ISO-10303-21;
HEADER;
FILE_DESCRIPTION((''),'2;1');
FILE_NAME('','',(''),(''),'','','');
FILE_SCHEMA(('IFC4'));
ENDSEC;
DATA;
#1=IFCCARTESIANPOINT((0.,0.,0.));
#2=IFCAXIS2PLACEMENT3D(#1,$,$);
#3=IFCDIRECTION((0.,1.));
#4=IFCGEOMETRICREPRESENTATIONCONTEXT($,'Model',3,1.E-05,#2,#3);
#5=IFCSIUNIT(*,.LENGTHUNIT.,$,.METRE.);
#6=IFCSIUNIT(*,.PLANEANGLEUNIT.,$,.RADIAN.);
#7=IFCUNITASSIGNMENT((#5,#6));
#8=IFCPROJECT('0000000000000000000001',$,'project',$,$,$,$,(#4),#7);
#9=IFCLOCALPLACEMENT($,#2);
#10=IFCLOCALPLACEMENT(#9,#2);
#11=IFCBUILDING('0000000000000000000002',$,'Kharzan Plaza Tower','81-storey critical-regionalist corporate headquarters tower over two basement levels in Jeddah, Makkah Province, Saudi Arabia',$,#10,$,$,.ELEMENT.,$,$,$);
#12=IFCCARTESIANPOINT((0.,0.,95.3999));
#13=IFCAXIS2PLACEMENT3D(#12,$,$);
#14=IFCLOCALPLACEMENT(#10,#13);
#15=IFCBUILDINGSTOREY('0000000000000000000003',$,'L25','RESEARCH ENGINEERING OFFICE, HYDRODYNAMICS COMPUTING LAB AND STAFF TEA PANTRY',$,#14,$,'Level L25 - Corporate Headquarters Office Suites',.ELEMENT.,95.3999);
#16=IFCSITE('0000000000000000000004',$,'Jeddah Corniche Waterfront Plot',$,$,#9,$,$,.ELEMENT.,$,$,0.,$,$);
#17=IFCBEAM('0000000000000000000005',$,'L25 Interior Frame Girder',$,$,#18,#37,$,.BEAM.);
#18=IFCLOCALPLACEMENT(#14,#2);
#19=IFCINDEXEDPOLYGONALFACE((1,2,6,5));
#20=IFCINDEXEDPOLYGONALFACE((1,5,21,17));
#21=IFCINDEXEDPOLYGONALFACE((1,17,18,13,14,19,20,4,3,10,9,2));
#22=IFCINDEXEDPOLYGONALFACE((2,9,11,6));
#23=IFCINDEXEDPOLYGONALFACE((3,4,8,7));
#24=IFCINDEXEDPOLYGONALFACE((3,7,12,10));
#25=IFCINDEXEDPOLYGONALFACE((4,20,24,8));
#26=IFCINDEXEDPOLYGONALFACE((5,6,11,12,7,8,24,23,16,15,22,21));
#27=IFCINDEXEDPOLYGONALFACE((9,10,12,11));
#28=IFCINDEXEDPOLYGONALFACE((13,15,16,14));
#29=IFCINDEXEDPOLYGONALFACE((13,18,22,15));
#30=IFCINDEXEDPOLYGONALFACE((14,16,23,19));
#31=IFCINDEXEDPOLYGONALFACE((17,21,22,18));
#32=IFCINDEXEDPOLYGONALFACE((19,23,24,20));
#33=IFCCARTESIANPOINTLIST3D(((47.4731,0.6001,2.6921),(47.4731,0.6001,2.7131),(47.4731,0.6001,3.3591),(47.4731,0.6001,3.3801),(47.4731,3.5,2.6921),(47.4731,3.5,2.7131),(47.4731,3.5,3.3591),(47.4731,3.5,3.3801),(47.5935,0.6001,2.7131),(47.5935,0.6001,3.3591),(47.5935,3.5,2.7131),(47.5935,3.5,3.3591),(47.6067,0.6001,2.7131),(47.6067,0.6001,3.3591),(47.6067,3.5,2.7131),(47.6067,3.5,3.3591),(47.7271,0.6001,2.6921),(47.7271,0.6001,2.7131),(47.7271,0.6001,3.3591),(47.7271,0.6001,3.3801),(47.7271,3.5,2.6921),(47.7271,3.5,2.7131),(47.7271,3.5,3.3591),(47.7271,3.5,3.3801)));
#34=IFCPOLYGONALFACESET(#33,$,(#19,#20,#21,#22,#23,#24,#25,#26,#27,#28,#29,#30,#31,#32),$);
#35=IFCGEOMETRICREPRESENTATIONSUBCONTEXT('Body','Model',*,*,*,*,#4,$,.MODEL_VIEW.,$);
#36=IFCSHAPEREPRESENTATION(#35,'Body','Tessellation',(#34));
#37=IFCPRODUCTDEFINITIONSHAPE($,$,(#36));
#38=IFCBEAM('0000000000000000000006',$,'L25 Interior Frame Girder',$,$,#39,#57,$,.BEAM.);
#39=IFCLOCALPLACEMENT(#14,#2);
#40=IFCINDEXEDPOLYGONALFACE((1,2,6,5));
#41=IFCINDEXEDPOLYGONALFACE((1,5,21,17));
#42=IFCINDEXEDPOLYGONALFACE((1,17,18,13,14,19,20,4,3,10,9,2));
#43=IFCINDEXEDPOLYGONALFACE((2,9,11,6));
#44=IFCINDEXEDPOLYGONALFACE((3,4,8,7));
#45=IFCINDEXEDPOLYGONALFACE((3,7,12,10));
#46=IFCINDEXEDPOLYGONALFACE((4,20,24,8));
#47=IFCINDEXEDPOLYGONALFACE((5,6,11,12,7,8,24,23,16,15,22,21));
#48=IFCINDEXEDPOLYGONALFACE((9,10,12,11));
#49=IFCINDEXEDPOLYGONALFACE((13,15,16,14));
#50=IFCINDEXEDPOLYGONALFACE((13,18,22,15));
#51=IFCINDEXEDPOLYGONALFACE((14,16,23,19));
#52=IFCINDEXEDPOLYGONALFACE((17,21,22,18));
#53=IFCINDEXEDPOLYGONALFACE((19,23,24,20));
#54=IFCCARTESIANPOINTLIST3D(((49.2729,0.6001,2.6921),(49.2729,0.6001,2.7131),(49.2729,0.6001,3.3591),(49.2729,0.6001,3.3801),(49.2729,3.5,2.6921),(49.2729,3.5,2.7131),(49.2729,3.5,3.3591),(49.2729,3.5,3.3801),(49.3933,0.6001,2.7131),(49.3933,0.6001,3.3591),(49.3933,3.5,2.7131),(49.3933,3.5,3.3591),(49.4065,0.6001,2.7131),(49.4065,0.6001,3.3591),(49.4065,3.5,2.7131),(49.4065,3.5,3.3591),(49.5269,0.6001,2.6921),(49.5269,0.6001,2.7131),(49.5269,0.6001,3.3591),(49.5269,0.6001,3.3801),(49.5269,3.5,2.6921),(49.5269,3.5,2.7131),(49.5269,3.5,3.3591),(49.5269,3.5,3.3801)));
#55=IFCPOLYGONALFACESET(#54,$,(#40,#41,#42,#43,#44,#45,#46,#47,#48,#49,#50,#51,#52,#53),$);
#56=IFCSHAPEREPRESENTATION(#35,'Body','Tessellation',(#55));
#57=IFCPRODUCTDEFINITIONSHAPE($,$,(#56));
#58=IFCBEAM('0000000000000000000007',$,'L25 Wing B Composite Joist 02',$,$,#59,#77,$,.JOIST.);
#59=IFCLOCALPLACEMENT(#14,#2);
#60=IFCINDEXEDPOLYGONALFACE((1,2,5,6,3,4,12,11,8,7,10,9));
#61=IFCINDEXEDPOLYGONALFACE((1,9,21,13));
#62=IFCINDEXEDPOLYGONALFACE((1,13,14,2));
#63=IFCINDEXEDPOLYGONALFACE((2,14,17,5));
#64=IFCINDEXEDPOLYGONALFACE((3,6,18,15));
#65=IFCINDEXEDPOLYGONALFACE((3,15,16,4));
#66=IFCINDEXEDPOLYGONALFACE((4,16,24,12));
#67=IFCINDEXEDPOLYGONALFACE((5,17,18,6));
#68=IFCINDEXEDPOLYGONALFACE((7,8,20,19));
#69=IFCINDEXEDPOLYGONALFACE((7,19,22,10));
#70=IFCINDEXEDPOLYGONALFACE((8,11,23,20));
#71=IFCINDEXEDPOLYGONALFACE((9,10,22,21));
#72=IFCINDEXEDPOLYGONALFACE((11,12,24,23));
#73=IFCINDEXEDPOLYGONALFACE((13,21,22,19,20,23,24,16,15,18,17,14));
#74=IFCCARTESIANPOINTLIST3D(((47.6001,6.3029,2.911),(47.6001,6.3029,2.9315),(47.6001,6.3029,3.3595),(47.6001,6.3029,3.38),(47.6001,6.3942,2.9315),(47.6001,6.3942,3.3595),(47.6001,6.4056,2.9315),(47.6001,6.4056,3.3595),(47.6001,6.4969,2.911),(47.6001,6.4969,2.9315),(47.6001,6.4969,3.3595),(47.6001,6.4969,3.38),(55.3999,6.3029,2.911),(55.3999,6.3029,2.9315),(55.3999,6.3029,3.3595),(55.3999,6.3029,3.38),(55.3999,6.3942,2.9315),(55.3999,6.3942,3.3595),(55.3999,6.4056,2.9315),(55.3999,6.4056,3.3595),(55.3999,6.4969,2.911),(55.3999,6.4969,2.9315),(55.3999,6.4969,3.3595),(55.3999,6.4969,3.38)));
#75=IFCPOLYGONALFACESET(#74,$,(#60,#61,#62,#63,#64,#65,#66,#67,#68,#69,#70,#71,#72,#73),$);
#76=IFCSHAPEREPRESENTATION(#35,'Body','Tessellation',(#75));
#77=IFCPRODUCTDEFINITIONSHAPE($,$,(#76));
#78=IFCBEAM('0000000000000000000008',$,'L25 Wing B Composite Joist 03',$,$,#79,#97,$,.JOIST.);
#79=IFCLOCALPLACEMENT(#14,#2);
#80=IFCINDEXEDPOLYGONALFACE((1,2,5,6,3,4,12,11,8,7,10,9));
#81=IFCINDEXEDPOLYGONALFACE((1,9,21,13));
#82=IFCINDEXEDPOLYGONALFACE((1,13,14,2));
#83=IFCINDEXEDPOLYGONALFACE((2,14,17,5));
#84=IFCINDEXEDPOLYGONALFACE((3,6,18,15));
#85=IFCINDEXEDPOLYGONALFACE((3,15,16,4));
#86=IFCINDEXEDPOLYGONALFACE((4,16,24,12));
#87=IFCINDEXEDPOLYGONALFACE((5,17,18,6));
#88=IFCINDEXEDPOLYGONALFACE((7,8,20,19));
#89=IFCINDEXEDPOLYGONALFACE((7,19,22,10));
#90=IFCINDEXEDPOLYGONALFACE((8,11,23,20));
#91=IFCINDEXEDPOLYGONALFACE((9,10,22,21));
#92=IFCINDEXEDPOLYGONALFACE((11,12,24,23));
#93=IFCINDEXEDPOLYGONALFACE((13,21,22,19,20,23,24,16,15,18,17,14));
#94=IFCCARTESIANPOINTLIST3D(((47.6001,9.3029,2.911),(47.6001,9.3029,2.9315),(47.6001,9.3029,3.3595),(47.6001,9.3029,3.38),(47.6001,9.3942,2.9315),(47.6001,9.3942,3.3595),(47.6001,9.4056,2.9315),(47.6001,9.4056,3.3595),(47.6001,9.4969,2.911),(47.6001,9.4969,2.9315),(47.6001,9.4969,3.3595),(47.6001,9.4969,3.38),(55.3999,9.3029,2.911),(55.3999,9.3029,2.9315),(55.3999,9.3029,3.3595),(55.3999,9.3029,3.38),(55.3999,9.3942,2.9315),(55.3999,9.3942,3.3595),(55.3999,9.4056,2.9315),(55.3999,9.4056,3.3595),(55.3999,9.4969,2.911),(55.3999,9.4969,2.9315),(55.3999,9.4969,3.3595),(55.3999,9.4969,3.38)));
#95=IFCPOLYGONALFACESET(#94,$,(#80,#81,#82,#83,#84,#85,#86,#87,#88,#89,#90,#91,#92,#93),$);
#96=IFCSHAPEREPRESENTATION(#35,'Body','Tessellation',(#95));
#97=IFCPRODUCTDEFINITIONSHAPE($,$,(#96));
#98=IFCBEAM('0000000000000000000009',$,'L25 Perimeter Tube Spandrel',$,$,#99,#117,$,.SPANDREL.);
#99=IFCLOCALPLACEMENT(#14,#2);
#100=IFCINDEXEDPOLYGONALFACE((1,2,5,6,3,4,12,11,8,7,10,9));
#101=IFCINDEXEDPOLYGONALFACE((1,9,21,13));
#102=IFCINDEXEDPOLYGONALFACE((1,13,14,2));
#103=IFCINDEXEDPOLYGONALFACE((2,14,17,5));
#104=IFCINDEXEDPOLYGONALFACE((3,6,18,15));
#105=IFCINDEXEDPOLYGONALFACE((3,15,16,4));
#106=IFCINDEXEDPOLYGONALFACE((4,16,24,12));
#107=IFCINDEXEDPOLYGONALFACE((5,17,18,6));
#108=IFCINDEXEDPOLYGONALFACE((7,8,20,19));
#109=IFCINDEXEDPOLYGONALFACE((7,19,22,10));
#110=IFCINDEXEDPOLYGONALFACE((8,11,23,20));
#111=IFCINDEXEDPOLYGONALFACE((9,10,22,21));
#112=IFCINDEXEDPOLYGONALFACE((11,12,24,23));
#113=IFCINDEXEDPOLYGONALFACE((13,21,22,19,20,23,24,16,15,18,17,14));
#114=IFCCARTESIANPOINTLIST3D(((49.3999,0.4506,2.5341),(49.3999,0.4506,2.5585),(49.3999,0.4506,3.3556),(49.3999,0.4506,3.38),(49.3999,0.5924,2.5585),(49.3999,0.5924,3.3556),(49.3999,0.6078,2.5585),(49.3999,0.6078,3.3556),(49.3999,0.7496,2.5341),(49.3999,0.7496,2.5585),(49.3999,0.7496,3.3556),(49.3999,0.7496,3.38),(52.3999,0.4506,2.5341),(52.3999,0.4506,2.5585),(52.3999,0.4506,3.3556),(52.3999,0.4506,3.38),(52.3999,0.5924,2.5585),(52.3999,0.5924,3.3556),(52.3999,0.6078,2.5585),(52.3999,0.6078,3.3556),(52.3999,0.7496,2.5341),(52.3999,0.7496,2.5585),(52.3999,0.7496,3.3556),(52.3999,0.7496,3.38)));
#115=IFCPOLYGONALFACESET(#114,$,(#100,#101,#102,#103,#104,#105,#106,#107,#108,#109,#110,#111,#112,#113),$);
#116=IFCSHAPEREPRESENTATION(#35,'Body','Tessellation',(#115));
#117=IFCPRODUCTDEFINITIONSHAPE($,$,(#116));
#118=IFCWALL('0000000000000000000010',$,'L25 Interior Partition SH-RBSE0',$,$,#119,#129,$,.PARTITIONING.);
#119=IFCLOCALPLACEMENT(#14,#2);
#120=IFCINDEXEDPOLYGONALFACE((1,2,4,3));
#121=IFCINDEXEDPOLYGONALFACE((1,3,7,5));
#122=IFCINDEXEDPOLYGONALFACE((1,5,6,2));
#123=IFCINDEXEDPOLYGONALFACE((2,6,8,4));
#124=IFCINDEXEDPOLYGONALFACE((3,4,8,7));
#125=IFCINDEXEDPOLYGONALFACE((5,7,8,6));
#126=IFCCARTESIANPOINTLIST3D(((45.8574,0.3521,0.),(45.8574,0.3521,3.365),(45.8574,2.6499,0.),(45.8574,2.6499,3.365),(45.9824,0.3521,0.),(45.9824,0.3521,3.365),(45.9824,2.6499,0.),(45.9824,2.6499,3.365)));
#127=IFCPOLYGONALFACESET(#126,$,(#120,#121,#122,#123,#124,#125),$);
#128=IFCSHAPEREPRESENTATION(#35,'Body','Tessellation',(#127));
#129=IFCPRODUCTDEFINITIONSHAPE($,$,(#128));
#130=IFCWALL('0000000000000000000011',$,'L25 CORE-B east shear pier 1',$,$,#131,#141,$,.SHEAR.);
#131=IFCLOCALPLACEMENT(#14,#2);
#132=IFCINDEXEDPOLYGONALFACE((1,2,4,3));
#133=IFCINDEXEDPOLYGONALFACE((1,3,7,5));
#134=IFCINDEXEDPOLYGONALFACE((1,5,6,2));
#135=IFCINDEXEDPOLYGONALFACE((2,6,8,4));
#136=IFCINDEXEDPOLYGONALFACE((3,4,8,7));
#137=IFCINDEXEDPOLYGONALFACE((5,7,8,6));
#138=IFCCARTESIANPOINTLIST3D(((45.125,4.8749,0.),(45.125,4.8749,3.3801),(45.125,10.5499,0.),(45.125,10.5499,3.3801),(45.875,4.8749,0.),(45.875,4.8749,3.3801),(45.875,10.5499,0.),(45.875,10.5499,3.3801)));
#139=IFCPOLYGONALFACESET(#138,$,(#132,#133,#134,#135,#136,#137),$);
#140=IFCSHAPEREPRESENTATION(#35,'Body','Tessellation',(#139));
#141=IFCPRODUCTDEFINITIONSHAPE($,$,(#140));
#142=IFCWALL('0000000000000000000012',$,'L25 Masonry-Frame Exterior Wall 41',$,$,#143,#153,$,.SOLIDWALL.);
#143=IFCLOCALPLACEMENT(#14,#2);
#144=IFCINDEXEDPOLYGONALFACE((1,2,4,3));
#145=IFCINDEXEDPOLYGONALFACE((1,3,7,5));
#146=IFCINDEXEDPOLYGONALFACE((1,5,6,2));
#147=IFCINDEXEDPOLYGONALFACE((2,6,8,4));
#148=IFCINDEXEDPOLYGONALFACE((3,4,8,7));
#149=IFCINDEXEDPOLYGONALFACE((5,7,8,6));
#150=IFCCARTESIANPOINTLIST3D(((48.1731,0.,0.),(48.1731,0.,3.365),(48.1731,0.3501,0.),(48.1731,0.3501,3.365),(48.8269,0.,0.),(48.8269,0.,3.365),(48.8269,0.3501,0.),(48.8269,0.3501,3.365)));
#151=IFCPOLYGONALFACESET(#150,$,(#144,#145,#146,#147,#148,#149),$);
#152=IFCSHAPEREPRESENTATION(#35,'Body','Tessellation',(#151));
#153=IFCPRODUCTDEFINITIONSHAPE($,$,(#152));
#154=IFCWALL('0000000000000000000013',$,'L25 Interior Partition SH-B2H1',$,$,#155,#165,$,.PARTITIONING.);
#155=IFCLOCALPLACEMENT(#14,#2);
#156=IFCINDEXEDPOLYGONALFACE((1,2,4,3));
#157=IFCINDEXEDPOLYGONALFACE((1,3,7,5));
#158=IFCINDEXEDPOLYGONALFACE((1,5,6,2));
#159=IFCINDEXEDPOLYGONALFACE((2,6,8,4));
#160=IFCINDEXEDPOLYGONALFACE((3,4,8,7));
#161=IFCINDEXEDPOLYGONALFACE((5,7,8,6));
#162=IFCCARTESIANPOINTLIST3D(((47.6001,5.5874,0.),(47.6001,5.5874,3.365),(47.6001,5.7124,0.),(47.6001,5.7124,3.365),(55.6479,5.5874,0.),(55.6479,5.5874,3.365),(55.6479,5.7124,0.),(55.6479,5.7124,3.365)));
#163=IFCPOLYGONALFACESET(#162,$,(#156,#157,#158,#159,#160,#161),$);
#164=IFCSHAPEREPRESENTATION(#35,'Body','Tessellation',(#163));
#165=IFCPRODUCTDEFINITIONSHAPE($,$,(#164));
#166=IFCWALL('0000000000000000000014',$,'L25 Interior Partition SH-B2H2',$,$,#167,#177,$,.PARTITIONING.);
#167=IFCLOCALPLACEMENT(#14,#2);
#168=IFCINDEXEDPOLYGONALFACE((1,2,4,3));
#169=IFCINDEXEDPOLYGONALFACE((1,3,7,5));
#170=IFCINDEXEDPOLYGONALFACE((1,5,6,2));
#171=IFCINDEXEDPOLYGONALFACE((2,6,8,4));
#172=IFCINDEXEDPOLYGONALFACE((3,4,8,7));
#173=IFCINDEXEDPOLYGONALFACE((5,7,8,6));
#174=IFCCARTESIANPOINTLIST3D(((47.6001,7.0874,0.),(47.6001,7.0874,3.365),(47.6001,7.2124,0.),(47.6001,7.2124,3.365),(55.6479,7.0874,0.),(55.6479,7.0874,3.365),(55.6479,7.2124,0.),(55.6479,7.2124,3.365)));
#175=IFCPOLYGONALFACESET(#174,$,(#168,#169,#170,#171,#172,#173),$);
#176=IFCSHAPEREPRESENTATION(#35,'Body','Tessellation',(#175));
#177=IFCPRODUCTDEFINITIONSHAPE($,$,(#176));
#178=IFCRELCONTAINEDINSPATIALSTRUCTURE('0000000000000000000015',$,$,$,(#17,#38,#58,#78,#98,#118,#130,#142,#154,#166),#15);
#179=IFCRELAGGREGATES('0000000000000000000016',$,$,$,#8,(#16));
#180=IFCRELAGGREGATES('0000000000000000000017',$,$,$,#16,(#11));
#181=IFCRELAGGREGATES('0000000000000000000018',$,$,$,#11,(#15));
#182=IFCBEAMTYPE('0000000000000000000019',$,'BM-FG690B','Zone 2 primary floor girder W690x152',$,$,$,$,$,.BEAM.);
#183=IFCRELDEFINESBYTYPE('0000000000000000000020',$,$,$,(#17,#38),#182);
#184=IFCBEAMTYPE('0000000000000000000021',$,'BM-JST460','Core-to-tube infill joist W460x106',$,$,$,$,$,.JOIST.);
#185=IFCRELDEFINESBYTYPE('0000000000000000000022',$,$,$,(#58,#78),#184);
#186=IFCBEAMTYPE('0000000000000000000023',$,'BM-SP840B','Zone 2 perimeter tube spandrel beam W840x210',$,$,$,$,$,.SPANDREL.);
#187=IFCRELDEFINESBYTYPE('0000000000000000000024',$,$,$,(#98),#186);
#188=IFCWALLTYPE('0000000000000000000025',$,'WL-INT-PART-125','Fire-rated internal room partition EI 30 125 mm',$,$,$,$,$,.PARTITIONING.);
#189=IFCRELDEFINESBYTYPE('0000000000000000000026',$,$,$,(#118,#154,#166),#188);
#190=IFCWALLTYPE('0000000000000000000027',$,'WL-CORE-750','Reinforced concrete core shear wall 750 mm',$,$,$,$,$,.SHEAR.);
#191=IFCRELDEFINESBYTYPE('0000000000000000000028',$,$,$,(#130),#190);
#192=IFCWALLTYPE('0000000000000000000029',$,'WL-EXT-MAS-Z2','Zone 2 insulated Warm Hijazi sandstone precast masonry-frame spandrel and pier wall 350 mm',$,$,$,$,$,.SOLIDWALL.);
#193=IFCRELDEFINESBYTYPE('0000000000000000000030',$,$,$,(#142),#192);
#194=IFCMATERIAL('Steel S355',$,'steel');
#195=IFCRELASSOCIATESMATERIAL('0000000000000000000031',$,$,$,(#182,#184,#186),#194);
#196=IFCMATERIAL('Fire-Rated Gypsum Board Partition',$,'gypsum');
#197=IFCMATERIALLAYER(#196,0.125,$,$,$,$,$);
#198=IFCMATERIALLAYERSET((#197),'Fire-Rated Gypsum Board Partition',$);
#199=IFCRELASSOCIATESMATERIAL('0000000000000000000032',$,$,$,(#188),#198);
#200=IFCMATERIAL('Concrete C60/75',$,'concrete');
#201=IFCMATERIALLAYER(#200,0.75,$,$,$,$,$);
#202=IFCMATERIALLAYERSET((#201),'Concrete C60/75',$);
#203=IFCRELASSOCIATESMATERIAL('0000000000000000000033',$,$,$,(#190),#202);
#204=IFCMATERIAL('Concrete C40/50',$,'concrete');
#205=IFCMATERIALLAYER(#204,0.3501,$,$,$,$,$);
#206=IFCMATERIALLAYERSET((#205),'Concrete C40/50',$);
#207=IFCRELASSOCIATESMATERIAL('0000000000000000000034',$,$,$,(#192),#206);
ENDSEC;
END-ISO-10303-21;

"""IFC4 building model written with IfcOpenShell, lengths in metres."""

from ifc_helpers import new_model, si_unit, direction, frame, frame_2d, origin, origin_2d, place, context, subcontext, project, spatial, rectangle, i_section, extrude, source, transform, mapped, material, layer, layer_set, material_profile, profile_set, type_object, element, save


model = new_model("IFC4")

# Units and contexts
model_context = context("Model", 3, precision=1e-05, world=origin(), true_north=direction((0.0, 1.0)))
body_context = subcontext(model_context, "Body", "Model", "MODEL_VIEW")
ifc_project = project(units=[si_unit("LENGTHUNIT", "METRE"), si_unit("PLANEANGLEUNIT", "RADIAN")], contexts=[model_context])

# Site, building, storey
site_placement = place(None, origin())
site = spatial("IfcSite", under=ifc_project, at=site_placement, Name="Jeddah Corniche Waterfront Plot", CompositionType="ELEMENT", RefElevation=0.0)
building_placement = place(site_placement, origin())
building = spatial("IfcBuilding", under=site, at=building_placement, Name="Kharzan Plaza Tower", Description="81-storey critical-regionalist corporate headquarters tower over two basement levels in Jeddah, Makkah Province, Saudi Arabia", CompositionType="ELEMENT")
storey_placement = place(building_placement, frame((0.0, 0.0, 95.3999)))
storey = spatial("IfcBuildingStorey", under=building, at=storey_placement, Name="L25", Description="RESEARCH ENGINEERING OFFICE, HYDRODYNAMICS COMPUTING LAB AND STAFF TEA PANTRY", LongName="Level L25 - Corporate Headquarters Office Suites", CompositionType="ELEMENT", Elevation=95.3999)

# Shared definitions
ifc_material_1 = material(Name="Concrete C60/75", Category="concrete")

# Beams
ifc_material_2 = material(Name="Steel S355", Category="steel")
ifc_material_profile_1 = material_profile(ifc_material_2, i_section(OverallWidth=0.2539, OverallDepth=0.688, WebThickness=0.0132, FlangeThickness=0.021, at=origin_2d()), Name="W690x152")
ifc_profile_set_1 = profile_set([ifc_material_profile_1], Name="Steel S355")
beam_type_1 = type_object("IfcBeamType", Name="BM-FG690B", Description="Zone 2 primary floor girder W690x152", PredefinedType="BEAM", material=ifc_profile_set_1)
shared_shape_1 = source(origin(), body_context, "Body", "SweptSolid", [
    extrude(i_section(OverallWidth=0.2539, OverallDepth=0.688, WebThickness=0.0132, FlangeThickness=0.021, at=origin_2d()), origin(), (0.0, 0.0, 1.0), 2.8999),
])
for number, where, z_axis, x_axis, name in (
    (1, (47.6001, 0.6001, 3.0361), (0.0, 1.0, 0.0), (-1.0, 0.0, 0.0), "L25 Interior Frame Girder"),
    (2, (49.3999, 0.6001, 3.0361), (0.0, 1.0, 0.0), (-1.0, 0.0, 0.0), "L25 Interior Frame Girder"),
):
    element("IfcBeam", number, at=place(storey_placement, frame(where, z_axis=z_axis, x_axis=x_axis)), inside=storey, type_object=beam_type_1, Name=name, PredefinedType="BEAM", context=body_context, shape_type="MappedRepresentation", body=[
        mapped(shared_shape_1, transform((0.0, 0.0, 0.0), x_axis=(1.0, 0.0, 0.0), y_axis=(0.0, 1.0, 0.0), z_axis=(0.0, 0.0, 1.0))),
    ])
ifc_material_profile_2 = material_profile(ifc_material_2, i_section(OverallWidth=0.1941, OverallDepth=0.469, WebThickness=0.0115, FlangeThickness=0.0205, at=origin_2d()), Name="W460x106")
ifc_profile_set_2 = profile_set([ifc_material_profile_2], Name="Steel S355")
beam_type_2 = type_object("IfcBeamType", Name="BM-JST460", Description="Core-to-tube infill joist W460x106", PredefinedType="JOIST", material=ifc_profile_set_2)
shared_shape_2 = source(origin(), body_context, "Body", "SweptSolid", [
    extrude(i_section(OverallWidth=0.1941, OverallDepth=0.469, WebThickness=0.0115, FlangeThickness=0.0205, at=origin_2d()), origin(), (0.0, 0.0, 1.0), 7.7998),
])
for number, where, z_axis, x_axis, name in (
    (3, (47.6001, 6.3999, 3.1455), (1.0, 0.0, 0.0), (0.0, 1.0, 0.0), "L25 Wing B Composite Joist 02"),
    (4, (47.6001, 9.3999, 3.1455), (1.0, 0.0, 0.0), (0.0, 1.0, 0.0), "L25 Wing B Composite Joist 03"),
):
    element("IfcBeam", number, at=place(storey_placement, frame(where, z_axis=z_axis, x_axis=x_axis)), inside=storey, type_object=beam_type_2, Name=name, PredefinedType="JOIST", context=body_context, shape_type="MappedRepresentation", body=[
        mapped(shared_shape_2, transform((0.0, 0.0, 0.0), x_axis=(1.0, 0.0, 0.0), y_axis=(0.0, 1.0, 0.0), z_axis=(0.0, 0.0, 1.0))),
    ])
ifc_material_profile_3 = material_profile(ifc_material_2, i_section(OverallWidth=0.2991, OverallDepth=0.8459, WebThickness=0.0154, FlangeThickness=0.0244, at=origin_2d()), Name="W840x210")
ifc_profile_set_3 = profile_set([ifc_material_profile_3], Name="Steel S355")
beam_type_3 = type_object("IfcBeamType", Name="BM-SP840B", Description="Zone 2 perimeter tube spandrel beam W840x210", PredefinedType="SPANDREL", material=ifc_profile_set_3)
shared_shape_3 = source(origin(), body_context, "Body", "SweptSolid", [
    extrude(i_section(OverallWidth=0.2991, OverallDepth=0.8459, WebThickness=0.0154, FlangeThickness=0.0244, at=origin_2d()), origin(), (0.0, 0.0, 1.0), 3.0),
])
beam_1_placement = place(storey_placement, frame((49.3999, 0.6001, 2.957), z_axis=(1.0, 0.0, 0.0), x_axis=(0.0, 1.0, 0.0)))
element("IfcBeam", 5, at=beam_1_placement, inside=storey, type_object=beam_type_3, Name="L25 Perimeter Tube Spandrel", PredefinedType="SPANDREL", context=body_context, shape_type="MappedRepresentation", body=[
    mapped(shared_shape_3, transform((0.0, 0.0, 0.0), x_axis=(1.0, 0.0, 0.0), y_axis=(0.0, 1.0, 0.0), z_axis=(0.0, 0.0, 1.0))),
])

# Shared definitions
ifc_material_3 = material(Name="Fire-Rated Gypsum Board Partition", Category="gypsum")
ifc_layer_1 = layer(ifc_material_3, 0.125)
ifc_layer_set_1 = layer_set([ifc_layer_1], Name="Fire-Rated Gypsum Board Partition")
wall_type_1 = type_object("IfcWallType", Name="WL-INT-PART-125", Description="Fire-rated internal room partition EI 30 125 mm", PredefinedType="PARTITIONING", material=ifc_layer_set_1)

# Walls
shared_shape_4 = source(origin(), body_context, "Body", "SweptSolid", [
    extrude(rectangle(XDim=2.2979, YDim=0.125, at=frame_2d((1.1489, 0.0))), origin(), (0.0, 0.0, 1.0), 3.365),
])
wall_1_placement = place(storey_placement, frame((45.9199, 0.3521, 0.0), z_axis=(0.0, 0.0, 1.0), x_axis=(0.0, 1.0, 0.0)))
element("IfcWall", 6, at=wall_1_placement, inside=storey, type_object=wall_type_1, Name="L25 Interior Partition SH-RBSE0", PredefinedType="PARTITIONING", context=body_context, shape_type="MappedRepresentation", body=[
    mapped(shared_shape_4, transform((0.0, 0.0, 0.0), x_axis=(1.0, 0.0, 0.0), y_axis=(0.0, 1.0, 0.0), z_axis=(0.0, 0.0, 1.0))),
])
ifc_layer_2 = layer(ifc_material_1, 0.75)
ifc_layer_set_2 = layer_set([ifc_layer_2], Name="Concrete C60/75")
wall_type_2 = type_object("IfcWallType", Name="WL-CORE-750", Description="Reinforced concrete core shear wall 750 mm", PredefinedType="SHEAR", material=ifc_layer_set_2)
shared_shape_5 = source(origin(), body_context, "Body", "SweptSolid", [
    extrude(rectangle(XDim=5.675, YDim=0.75, at=frame_2d((2.8374, 0.0))), origin(), (0.0, 0.0, 1.0), 3.3801),
])
wall_2_placement = place(storey_placement, frame((45.5, 4.875, 0.0), z_axis=(0.0, 0.0, 1.0), x_axis=(0.0, 1.0, 0.0)))
element("IfcWall", 7, at=wall_2_placement, inside=storey, type_object=wall_type_2, Name="L25 CORE-B east shear pier 1", PredefinedType="SHEAR", context=body_context, shape_type="MappedRepresentation", body=[
    mapped(shared_shape_5, transform((0.0, 0.0, 0.0), x_axis=(1.0, 0.0, 0.0), y_axis=(0.0, 1.0, 0.0), z_axis=(0.0, 0.0, 1.0))),
])
ifc_material_4 = material(Name="Concrete C40/50", Category="concrete")
ifc_layer_3 = layer(ifc_material_4, 0.3501)
ifc_layer_set_3 = layer_set([ifc_layer_3], Name="Concrete C40/50")
wall_type_3 = type_object("IfcWallType", Name="WL-EXT-MAS-Z2", Description="Zone 2 insulated Warm Hijazi sandstone precast masonry-frame spandrel and pier wall 350 mm", PredefinedType="SOLIDWALL", material=ifc_layer_set_3)
shared_shape_6 = source(origin(), body_context, "Body", "SweptSolid", [
    extrude(rectangle(XDim=0.6538, YDim=0.3501, at=frame_2d((0.3269, 0.0))), origin(), (0.0, 0.0, 1.0), 3.365),
])
wall_3_placement = place(storey_placement, frame((48.1731, 0.175, 0.0), z_axis=(0.0, 0.0, 1.0), x_axis=(1.0, 0.0, 0.0)))
element("IfcWall", 8, at=wall_3_placement, inside=storey, type_object=wall_type_3, Name="L25 Masonry-Frame Exterior Wall 41", PredefinedType="SOLIDWALL", context=body_context, shape_type="MappedRepresentation", body=[
    mapped(shared_shape_6, transform((0.0, 0.0, 0.0), x_axis=(1.0, 0.0, 0.0), y_axis=(0.0, 1.0, 0.0), z_axis=(0.0, 0.0, 1.0))),
])
shared_shape_7 = source(origin(), body_context, "Body", "SweptSolid", [
    extrude(rectangle(XDim=8.0479, YDim=0.125, at=frame_2d((4.0239, 0.0))), origin(), (0.0, 0.0, 1.0), 3.365),
])
for number, where, z_axis, x_axis, name in (
    (9, (47.6001, 5.6499, 0.0), (0.0, 0.0, 1.0), (1.0, 0.0, 0.0), "L25 Interior Partition SH-B2H1"),
    (10, (47.6001, 7.1499, 0.0), (0.0, 0.0, 1.0), (1.0, 0.0, 0.0), "L25 Interior Partition SH-B2H2"),
):
    element("IfcWall", number, at=place(storey_placement, frame(where, z_axis=z_axis, x_axis=x_axis)), inside=storey, type_object=wall_type_1, Name=name, PredefinedType="PARTITIONING", context=body_context, shape_type="MappedRepresentation", body=[
        mapped(shared_shape_7, transform((0.0, 0.0, 0.0), x_axis=(1.0, 0.0, 0.0), y_axis=(0.0, 1.0, 0.0), z_axis=(0.0, 0.0, 1.0))),
    ])

save(model, "model.ifc")
